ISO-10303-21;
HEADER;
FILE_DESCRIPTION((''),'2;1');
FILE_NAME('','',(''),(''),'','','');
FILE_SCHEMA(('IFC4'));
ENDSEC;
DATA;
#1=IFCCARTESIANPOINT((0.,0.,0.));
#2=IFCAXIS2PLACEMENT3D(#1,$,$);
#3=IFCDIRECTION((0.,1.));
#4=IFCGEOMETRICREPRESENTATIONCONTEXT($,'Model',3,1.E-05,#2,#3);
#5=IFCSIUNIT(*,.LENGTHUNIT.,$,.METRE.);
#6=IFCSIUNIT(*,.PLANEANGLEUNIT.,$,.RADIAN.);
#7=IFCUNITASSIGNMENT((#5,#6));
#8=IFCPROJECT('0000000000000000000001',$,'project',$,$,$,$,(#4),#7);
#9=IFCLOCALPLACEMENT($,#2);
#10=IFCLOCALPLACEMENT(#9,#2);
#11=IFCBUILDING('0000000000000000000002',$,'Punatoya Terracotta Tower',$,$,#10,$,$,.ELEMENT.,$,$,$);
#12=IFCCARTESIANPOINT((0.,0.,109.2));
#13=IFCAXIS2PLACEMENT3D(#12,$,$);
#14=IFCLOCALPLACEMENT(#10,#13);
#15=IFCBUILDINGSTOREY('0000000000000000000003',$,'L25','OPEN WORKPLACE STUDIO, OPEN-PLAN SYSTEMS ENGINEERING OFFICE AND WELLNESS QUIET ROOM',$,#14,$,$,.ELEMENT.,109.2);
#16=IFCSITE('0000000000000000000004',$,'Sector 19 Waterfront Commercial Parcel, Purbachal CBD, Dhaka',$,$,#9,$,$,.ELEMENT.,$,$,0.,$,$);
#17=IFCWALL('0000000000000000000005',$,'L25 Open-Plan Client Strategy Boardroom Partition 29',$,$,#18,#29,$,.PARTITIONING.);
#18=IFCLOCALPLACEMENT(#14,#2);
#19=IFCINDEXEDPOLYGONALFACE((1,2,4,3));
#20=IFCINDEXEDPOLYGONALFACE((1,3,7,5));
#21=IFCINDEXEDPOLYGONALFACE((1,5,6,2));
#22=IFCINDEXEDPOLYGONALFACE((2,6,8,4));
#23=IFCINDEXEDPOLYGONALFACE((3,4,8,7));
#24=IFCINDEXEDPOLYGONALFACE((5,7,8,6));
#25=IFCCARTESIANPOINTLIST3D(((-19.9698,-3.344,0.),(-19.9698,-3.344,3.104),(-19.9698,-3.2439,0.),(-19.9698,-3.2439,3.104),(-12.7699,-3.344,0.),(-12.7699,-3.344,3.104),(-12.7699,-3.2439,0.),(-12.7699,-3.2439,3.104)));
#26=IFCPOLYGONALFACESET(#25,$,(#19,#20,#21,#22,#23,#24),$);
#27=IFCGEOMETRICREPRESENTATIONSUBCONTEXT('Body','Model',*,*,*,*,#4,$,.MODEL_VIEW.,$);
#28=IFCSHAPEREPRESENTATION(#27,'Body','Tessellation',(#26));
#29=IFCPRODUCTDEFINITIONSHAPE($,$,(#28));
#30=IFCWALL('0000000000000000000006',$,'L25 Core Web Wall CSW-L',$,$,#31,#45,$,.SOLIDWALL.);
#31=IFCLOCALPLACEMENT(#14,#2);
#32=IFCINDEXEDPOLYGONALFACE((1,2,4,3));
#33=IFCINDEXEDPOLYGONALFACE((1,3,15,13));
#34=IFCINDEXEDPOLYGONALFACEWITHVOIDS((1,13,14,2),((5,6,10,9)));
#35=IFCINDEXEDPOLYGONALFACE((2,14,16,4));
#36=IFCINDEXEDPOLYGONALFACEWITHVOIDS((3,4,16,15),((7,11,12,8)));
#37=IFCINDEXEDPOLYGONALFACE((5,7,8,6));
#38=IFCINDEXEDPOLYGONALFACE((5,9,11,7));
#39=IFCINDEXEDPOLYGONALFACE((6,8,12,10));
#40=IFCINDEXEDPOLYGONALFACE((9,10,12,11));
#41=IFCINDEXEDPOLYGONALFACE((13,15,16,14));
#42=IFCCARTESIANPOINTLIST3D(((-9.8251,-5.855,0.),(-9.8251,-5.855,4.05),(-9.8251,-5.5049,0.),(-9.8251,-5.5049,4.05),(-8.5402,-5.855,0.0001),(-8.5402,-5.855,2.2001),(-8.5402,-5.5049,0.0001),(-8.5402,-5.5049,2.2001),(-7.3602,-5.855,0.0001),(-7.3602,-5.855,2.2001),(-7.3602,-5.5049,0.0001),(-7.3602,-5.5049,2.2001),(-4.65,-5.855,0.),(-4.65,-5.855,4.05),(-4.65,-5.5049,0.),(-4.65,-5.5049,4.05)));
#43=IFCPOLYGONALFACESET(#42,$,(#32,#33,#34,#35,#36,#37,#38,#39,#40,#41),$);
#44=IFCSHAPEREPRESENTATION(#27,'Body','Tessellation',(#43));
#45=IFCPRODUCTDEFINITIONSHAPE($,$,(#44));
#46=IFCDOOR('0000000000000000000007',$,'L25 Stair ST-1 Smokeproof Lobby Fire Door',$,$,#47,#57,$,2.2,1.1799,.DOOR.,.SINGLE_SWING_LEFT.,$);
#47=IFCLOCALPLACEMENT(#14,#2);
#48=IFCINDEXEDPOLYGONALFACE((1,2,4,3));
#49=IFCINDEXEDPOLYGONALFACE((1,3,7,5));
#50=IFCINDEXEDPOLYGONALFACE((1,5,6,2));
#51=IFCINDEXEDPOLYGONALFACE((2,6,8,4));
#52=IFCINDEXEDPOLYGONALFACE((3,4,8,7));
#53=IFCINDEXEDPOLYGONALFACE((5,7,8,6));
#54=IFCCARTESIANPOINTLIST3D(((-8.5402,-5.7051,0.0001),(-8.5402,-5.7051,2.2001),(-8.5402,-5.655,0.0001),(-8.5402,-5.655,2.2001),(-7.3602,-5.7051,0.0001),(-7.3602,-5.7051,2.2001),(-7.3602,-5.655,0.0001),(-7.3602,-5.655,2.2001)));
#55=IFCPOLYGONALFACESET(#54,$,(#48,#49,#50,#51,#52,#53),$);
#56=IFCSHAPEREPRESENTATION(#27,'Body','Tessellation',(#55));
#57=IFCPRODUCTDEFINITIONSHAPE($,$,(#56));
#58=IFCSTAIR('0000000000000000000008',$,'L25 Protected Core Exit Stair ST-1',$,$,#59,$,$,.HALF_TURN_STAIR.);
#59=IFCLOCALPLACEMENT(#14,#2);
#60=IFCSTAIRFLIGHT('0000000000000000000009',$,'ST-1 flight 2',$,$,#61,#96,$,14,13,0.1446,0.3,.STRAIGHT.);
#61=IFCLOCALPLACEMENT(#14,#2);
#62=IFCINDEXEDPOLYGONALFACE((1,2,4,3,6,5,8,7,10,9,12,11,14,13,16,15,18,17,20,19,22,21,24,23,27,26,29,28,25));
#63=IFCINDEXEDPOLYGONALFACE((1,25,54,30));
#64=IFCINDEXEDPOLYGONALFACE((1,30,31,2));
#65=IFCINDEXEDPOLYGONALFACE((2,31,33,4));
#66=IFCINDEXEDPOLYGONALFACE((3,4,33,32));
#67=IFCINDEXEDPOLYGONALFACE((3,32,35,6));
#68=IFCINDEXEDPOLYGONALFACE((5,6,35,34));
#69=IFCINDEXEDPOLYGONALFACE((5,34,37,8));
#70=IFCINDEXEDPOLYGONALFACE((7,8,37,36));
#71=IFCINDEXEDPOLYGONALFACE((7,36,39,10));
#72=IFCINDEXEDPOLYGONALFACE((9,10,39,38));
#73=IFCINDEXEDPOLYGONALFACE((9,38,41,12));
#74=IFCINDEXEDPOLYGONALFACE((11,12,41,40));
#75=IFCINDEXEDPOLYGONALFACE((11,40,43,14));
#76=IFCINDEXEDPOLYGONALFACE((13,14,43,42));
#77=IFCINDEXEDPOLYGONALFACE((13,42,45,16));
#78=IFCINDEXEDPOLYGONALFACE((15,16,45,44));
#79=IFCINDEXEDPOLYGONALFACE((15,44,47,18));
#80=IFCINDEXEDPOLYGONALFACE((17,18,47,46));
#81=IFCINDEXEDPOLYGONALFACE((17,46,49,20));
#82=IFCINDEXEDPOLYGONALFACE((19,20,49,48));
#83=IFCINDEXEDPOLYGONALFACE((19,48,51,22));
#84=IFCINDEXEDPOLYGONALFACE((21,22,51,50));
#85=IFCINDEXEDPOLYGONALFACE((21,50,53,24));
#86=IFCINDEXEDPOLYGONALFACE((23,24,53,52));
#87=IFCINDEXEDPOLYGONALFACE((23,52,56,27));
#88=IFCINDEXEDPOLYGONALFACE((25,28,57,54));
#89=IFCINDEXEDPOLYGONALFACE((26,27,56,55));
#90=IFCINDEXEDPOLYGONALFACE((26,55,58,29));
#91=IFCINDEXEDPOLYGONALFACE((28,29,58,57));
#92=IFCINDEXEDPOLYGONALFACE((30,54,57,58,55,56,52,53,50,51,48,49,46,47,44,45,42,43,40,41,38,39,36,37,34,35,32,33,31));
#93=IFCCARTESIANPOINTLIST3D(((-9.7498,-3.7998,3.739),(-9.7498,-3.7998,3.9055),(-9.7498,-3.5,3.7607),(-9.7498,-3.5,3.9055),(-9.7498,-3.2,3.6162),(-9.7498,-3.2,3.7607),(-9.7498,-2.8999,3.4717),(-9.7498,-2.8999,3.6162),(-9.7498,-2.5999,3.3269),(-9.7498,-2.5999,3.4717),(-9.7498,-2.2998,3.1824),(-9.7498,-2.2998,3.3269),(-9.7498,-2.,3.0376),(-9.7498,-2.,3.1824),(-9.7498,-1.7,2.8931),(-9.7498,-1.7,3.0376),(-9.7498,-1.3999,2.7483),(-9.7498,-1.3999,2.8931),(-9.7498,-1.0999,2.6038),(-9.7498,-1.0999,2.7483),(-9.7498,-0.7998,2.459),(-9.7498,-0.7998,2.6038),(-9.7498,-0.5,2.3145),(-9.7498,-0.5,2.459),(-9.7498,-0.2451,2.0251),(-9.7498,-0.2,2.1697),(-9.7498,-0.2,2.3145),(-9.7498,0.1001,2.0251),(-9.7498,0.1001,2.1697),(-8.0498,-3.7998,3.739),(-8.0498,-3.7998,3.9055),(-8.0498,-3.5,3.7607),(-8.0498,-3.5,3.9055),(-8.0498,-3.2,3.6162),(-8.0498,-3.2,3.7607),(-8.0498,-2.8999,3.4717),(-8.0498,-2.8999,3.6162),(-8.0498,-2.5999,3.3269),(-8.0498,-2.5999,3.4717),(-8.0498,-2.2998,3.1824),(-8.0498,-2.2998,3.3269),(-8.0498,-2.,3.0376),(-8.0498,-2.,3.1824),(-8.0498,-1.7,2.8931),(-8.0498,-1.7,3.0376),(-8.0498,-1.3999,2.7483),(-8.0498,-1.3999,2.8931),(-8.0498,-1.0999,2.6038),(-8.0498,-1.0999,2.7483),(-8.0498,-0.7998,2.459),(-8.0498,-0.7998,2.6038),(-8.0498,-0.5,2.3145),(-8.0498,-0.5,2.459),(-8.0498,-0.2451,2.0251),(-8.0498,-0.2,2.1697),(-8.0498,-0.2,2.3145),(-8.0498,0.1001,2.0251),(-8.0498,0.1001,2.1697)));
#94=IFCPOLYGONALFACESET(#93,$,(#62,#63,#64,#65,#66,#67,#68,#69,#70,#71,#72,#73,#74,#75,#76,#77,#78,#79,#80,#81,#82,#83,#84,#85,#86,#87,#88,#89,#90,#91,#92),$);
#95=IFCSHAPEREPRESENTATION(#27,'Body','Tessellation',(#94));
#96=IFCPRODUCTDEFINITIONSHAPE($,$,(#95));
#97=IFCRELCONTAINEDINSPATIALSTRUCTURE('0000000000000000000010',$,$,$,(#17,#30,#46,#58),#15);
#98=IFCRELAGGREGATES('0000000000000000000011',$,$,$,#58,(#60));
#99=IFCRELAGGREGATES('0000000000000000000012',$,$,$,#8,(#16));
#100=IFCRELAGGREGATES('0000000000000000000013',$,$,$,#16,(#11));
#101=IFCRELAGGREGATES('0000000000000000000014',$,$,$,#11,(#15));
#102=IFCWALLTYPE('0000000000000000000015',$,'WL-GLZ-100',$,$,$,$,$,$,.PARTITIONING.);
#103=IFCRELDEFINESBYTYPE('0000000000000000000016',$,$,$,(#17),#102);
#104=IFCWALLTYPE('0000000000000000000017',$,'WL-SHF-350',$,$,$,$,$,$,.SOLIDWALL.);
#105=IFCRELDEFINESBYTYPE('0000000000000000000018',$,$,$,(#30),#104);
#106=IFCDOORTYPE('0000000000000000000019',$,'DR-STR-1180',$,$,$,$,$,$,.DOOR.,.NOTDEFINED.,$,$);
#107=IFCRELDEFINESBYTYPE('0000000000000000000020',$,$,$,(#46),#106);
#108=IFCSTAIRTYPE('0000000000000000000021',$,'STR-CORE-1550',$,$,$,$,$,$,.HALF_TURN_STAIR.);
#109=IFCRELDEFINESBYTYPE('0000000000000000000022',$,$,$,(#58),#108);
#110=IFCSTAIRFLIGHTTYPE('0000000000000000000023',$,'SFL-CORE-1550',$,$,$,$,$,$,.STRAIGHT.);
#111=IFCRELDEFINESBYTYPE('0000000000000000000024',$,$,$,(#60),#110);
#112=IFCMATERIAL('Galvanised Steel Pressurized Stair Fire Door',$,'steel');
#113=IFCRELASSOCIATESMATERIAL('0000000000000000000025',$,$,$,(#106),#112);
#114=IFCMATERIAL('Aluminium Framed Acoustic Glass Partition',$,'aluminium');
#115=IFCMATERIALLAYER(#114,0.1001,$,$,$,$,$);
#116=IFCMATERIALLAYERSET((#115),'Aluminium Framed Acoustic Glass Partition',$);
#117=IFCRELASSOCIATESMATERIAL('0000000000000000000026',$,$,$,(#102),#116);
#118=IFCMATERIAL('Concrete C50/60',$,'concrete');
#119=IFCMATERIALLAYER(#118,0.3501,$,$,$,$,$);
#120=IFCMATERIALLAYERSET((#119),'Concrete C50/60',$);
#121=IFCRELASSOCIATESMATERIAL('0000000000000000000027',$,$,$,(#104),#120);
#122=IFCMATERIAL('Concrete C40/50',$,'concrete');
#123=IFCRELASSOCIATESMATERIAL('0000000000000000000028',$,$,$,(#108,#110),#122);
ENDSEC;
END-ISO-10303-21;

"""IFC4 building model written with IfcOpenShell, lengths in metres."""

from ifc_helpers import new_model, si_unit, direction, frame, frame_2d, origin, place, context, subcontext, project, spatial, polyline, rectangle, outline, extrude, material, layer, layer_set, type_object, element, fill, aggregate, save


model = new_model("IFC4")

# Units and contexts
model_context = context("Model", 3, precision=1e-05, world=origin(), true_north=direction((0.0, 1.0)))
body_context = subcontext(model_context, "Body", "Model", "MODEL_VIEW")
ifc_project = project(units=[si_unit("LENGTHUNIT", "METRE"), si_unit("PLANEANGLEUNIT", "RADIAN")], contexts=[model_context])

# Site, building, storey
site_placement = place(None, origin())
site = spatial("IfcSite", under=ifc_project, at=site_placement, Name="Sector 19 Waterfront Commercial Parcel, Purbachal CBD, Dhaka", CompositionType="ELEMENT", RefElevation=0.0)
building_placement = place(site_placement, origin())
building = spatial("IfcBuilding", under=site, at=building_placement, Name="Punatoya Terracotta Tower", CompositionType="ELEMENT")
storey_placement = place(building_placement, frame((0.0, 0.0, 109.2)))
storey = spatial("IfcBuildingStorey", under=building, at=storey_placement, Name="L25", Description="OPEN WORKPLACE STUDIO, OPEN-PLAN SYSTEMS ENGINEERING OFFICE AND WELLNESS QUIET ROOM", CompositionType="ELEMENT", Elevation=109.2)

# Shared definitions
ifc_material_1 = material(Name="Galvanised Steel Pressurized Stair Fire Door", Category="steel")
door_type_1 = type_object("IfcDoorType", Name="DR-STR-1180", OperationType="NOTDEFINED", PredefinedType="DOOR", material=ifc_material_1)

# Wall
ifc_material_2 = material(Name="Aluminium Framed Acoustic Glass Partition", Category="aluminium")
ifc_layer_1 = layer(ifc_material_2, 0.1001)
ifc_layer_set_1 = layer_set([ifc_layer_1], Name="Aluminium Framed Acoustic Glass Partition")
wall_type_1 = type_object("IfcWallType", Name="WL-GLZ-100", PredefinedType="PARTITIONING", material=ifc_layer_set_1)
wall_1_placement = place(storey_placement, frame((-19.97, -3.2939, 0.0), z_axis=(0.0, 0.0, 1.0), x_axis=(1.0, 0.0, 0.0)))
element("IfcWall", 1, at=wall_1_placement, inside=storey, type_object=wall_type_1, Name="L25 Open-Plan Client Strategy Boardroom Partition 29", PredefinedType="PARTITIONING", context=body_context, shape_type="SweptSolid", body=[
    extrude(rectangle(XDim=7.2, YDim=0.1001, at=frame_2d((3.6001, 0.0))), origin(), (0.0, 0.0, 1.0), 3.104),
])

# Wall, opening, door
ifc_material_3 = material(Name="Concrete C50/60", Category="concrete")
ifc_layer_2 = layer(ifc_material_3, 0.3501)
ifc_layer_set_2 = layer_set([ifc_layer_2], Name="Concrete C50/60")
wall_type_2 = type_object("IfcWallType", Name="WL-SHF-350", PredefinedType="SOLIDWALL", material=ifc_layer_set_2)
wall_2_placement = place(storey_placement, frame((-9.825, -5.6799, 0.0), z_axis=(0.0, 0.0, 1.0), x_axis=(1.0, 0.0, 0.0)))
wall_2 = element("IfcWall", 2, at=wall_2_placement, inside=storey, type_object=wall_type_2, Name="L25 Core Web Wall CSW-L", PredefinedType="SOLIDWALL", context=body_context, shape_type="SweptSolid", body=[
    extrude(rectangle(XDim=5.175, YDim=0.3501, at=frame_2d((2.5874, 0.0))), origin(), (0.0, 0.0, 1.0), 4.05),
])
opening_1_placement = place(wall_2_placement, frame((1.2849, 0.0, 0.0)))
opening_1 = element("IfcOpeningElement", 3, at=opening_1_placement, cuts=wall_2, PredefinedType="OPENING", context=body_context, shape_type="SweptSolid", body=[
    extrude(rectangle(XDim=1.1799, YDim=2.2, at=frame_2d((0.5898, 1.1001))), frame((0.0, 0.1851, 0.0), z_axis=(0.0, -1.0, 0.0), x_axis=(1.0, 0.0, 0.0)), (0.0, 0.0, 1.0), 0.3701),
])
door_1_placement = place(opening_1_placement, origin())
door_1 = element("IfcDoor", 4, at=door_1_placement, inside=storey, type_object=door_type_1, Name="L25 Stair ST-1 Smokeproof Lobby Fire Door", OperationType="SINGLE_SWING_LEFT", OverallHeight=2.2, OverallWidth=1.1799, PredefinedType="DOOR", context=body_context, shape_type="SweptSolid", body=[
    extrude(rectangle(XDim=1.1799, YDim=2.2, at=frame_2d((0.5898, 1.1001))), frame((0.0, 0.0249, 0.0), z_axis=(0.0, -1.0, 0.0), x_axis=(1.0, 0.0, 0.0)), (0.0, 0.0, 1.0), 0.05),
])
fill(opening_1, door_1)

# Stair, stair flight
ifc_material_4 = material(Name="Concrete C40/50", Category="concrete")
stair_type = type_object("IfcStairType", Name="STR-CORE-1550", PredefinedType="HALF_TURN_STAIR", material=ifc_material_4)
stair_placement = place(storey_placement, origin())
stair = element("IfcStair", 5, at=stair_placement, inside=storey, type_object=stair_type, Name="L25 Protected Core Exit Stair ST-1", PredefinedType="HALF_TURN_STAIR")
stair_flight_type = type_object("IfcStairFlightType", Name="SFL-CORE-1550", PredefinedType="STRAIGHT", material=ifc_material_4)
stair_flight_placement = place(storey_placement, frame((-8.8999, 0.1001, 2.0251), z_axis=(0.0, 0.0, 1.0), x_axis=(0.0, -1.0, 0.0)))
stair_flight = element("IfcStairFlight", 6, at=stair_flight_placement, type_object=stair_flight_type, Name="ST-1 flight 2", NumberOfRisers=14, NumberOfTreads=13, PredefinedType="STRAIGHT", RiserHeight=0.1446, TreadLength=0.3, context=body_context, shape_type="SweptSolid", body=[
    extrude(outline(polyline([(0.0, 0.0), (0.0, 0.1445), (0.3, 0.1445), (0.3, 0.2893), (0.6001, 0.2893), (0.6001, 0.4338), (0.8999, 0.4338), (0.8999, 0.5786), (1.2, 0.5786), (1.2, 0.7231), (1.5, 0.7231), (1.5, 0.8679), (1.8, 0.8679), (1.8, 1.0125), (2.1001, 1.0125), (2.1001, 1.1572), (2.3999, 1.1572), (2.3999, 1.3018), (2.7, 1.3018), (2.7, 1.4465), (3.0, 1.4465), (3.0, 1.5911), (3.3, 1.5911), (3.3, 1.7356), (3.6001, 1.7356), (3.6001, 1.8804), (3.8999, 1.8804), (3.8999, 2.0249), (3.8999, 1.7139), (0.3452, 0.0), (0.0, 0.0)])), frame((0.0, 0.8501, 0.0), z_axis=(0.0, -1.0, 0.0), x_axis=(1.0, 0.0, 0.0)), (0.0, 0.0, 1.0), 1.7),
])
aggregate(stair, [stair_flight])

save(model, "model.ifc")
